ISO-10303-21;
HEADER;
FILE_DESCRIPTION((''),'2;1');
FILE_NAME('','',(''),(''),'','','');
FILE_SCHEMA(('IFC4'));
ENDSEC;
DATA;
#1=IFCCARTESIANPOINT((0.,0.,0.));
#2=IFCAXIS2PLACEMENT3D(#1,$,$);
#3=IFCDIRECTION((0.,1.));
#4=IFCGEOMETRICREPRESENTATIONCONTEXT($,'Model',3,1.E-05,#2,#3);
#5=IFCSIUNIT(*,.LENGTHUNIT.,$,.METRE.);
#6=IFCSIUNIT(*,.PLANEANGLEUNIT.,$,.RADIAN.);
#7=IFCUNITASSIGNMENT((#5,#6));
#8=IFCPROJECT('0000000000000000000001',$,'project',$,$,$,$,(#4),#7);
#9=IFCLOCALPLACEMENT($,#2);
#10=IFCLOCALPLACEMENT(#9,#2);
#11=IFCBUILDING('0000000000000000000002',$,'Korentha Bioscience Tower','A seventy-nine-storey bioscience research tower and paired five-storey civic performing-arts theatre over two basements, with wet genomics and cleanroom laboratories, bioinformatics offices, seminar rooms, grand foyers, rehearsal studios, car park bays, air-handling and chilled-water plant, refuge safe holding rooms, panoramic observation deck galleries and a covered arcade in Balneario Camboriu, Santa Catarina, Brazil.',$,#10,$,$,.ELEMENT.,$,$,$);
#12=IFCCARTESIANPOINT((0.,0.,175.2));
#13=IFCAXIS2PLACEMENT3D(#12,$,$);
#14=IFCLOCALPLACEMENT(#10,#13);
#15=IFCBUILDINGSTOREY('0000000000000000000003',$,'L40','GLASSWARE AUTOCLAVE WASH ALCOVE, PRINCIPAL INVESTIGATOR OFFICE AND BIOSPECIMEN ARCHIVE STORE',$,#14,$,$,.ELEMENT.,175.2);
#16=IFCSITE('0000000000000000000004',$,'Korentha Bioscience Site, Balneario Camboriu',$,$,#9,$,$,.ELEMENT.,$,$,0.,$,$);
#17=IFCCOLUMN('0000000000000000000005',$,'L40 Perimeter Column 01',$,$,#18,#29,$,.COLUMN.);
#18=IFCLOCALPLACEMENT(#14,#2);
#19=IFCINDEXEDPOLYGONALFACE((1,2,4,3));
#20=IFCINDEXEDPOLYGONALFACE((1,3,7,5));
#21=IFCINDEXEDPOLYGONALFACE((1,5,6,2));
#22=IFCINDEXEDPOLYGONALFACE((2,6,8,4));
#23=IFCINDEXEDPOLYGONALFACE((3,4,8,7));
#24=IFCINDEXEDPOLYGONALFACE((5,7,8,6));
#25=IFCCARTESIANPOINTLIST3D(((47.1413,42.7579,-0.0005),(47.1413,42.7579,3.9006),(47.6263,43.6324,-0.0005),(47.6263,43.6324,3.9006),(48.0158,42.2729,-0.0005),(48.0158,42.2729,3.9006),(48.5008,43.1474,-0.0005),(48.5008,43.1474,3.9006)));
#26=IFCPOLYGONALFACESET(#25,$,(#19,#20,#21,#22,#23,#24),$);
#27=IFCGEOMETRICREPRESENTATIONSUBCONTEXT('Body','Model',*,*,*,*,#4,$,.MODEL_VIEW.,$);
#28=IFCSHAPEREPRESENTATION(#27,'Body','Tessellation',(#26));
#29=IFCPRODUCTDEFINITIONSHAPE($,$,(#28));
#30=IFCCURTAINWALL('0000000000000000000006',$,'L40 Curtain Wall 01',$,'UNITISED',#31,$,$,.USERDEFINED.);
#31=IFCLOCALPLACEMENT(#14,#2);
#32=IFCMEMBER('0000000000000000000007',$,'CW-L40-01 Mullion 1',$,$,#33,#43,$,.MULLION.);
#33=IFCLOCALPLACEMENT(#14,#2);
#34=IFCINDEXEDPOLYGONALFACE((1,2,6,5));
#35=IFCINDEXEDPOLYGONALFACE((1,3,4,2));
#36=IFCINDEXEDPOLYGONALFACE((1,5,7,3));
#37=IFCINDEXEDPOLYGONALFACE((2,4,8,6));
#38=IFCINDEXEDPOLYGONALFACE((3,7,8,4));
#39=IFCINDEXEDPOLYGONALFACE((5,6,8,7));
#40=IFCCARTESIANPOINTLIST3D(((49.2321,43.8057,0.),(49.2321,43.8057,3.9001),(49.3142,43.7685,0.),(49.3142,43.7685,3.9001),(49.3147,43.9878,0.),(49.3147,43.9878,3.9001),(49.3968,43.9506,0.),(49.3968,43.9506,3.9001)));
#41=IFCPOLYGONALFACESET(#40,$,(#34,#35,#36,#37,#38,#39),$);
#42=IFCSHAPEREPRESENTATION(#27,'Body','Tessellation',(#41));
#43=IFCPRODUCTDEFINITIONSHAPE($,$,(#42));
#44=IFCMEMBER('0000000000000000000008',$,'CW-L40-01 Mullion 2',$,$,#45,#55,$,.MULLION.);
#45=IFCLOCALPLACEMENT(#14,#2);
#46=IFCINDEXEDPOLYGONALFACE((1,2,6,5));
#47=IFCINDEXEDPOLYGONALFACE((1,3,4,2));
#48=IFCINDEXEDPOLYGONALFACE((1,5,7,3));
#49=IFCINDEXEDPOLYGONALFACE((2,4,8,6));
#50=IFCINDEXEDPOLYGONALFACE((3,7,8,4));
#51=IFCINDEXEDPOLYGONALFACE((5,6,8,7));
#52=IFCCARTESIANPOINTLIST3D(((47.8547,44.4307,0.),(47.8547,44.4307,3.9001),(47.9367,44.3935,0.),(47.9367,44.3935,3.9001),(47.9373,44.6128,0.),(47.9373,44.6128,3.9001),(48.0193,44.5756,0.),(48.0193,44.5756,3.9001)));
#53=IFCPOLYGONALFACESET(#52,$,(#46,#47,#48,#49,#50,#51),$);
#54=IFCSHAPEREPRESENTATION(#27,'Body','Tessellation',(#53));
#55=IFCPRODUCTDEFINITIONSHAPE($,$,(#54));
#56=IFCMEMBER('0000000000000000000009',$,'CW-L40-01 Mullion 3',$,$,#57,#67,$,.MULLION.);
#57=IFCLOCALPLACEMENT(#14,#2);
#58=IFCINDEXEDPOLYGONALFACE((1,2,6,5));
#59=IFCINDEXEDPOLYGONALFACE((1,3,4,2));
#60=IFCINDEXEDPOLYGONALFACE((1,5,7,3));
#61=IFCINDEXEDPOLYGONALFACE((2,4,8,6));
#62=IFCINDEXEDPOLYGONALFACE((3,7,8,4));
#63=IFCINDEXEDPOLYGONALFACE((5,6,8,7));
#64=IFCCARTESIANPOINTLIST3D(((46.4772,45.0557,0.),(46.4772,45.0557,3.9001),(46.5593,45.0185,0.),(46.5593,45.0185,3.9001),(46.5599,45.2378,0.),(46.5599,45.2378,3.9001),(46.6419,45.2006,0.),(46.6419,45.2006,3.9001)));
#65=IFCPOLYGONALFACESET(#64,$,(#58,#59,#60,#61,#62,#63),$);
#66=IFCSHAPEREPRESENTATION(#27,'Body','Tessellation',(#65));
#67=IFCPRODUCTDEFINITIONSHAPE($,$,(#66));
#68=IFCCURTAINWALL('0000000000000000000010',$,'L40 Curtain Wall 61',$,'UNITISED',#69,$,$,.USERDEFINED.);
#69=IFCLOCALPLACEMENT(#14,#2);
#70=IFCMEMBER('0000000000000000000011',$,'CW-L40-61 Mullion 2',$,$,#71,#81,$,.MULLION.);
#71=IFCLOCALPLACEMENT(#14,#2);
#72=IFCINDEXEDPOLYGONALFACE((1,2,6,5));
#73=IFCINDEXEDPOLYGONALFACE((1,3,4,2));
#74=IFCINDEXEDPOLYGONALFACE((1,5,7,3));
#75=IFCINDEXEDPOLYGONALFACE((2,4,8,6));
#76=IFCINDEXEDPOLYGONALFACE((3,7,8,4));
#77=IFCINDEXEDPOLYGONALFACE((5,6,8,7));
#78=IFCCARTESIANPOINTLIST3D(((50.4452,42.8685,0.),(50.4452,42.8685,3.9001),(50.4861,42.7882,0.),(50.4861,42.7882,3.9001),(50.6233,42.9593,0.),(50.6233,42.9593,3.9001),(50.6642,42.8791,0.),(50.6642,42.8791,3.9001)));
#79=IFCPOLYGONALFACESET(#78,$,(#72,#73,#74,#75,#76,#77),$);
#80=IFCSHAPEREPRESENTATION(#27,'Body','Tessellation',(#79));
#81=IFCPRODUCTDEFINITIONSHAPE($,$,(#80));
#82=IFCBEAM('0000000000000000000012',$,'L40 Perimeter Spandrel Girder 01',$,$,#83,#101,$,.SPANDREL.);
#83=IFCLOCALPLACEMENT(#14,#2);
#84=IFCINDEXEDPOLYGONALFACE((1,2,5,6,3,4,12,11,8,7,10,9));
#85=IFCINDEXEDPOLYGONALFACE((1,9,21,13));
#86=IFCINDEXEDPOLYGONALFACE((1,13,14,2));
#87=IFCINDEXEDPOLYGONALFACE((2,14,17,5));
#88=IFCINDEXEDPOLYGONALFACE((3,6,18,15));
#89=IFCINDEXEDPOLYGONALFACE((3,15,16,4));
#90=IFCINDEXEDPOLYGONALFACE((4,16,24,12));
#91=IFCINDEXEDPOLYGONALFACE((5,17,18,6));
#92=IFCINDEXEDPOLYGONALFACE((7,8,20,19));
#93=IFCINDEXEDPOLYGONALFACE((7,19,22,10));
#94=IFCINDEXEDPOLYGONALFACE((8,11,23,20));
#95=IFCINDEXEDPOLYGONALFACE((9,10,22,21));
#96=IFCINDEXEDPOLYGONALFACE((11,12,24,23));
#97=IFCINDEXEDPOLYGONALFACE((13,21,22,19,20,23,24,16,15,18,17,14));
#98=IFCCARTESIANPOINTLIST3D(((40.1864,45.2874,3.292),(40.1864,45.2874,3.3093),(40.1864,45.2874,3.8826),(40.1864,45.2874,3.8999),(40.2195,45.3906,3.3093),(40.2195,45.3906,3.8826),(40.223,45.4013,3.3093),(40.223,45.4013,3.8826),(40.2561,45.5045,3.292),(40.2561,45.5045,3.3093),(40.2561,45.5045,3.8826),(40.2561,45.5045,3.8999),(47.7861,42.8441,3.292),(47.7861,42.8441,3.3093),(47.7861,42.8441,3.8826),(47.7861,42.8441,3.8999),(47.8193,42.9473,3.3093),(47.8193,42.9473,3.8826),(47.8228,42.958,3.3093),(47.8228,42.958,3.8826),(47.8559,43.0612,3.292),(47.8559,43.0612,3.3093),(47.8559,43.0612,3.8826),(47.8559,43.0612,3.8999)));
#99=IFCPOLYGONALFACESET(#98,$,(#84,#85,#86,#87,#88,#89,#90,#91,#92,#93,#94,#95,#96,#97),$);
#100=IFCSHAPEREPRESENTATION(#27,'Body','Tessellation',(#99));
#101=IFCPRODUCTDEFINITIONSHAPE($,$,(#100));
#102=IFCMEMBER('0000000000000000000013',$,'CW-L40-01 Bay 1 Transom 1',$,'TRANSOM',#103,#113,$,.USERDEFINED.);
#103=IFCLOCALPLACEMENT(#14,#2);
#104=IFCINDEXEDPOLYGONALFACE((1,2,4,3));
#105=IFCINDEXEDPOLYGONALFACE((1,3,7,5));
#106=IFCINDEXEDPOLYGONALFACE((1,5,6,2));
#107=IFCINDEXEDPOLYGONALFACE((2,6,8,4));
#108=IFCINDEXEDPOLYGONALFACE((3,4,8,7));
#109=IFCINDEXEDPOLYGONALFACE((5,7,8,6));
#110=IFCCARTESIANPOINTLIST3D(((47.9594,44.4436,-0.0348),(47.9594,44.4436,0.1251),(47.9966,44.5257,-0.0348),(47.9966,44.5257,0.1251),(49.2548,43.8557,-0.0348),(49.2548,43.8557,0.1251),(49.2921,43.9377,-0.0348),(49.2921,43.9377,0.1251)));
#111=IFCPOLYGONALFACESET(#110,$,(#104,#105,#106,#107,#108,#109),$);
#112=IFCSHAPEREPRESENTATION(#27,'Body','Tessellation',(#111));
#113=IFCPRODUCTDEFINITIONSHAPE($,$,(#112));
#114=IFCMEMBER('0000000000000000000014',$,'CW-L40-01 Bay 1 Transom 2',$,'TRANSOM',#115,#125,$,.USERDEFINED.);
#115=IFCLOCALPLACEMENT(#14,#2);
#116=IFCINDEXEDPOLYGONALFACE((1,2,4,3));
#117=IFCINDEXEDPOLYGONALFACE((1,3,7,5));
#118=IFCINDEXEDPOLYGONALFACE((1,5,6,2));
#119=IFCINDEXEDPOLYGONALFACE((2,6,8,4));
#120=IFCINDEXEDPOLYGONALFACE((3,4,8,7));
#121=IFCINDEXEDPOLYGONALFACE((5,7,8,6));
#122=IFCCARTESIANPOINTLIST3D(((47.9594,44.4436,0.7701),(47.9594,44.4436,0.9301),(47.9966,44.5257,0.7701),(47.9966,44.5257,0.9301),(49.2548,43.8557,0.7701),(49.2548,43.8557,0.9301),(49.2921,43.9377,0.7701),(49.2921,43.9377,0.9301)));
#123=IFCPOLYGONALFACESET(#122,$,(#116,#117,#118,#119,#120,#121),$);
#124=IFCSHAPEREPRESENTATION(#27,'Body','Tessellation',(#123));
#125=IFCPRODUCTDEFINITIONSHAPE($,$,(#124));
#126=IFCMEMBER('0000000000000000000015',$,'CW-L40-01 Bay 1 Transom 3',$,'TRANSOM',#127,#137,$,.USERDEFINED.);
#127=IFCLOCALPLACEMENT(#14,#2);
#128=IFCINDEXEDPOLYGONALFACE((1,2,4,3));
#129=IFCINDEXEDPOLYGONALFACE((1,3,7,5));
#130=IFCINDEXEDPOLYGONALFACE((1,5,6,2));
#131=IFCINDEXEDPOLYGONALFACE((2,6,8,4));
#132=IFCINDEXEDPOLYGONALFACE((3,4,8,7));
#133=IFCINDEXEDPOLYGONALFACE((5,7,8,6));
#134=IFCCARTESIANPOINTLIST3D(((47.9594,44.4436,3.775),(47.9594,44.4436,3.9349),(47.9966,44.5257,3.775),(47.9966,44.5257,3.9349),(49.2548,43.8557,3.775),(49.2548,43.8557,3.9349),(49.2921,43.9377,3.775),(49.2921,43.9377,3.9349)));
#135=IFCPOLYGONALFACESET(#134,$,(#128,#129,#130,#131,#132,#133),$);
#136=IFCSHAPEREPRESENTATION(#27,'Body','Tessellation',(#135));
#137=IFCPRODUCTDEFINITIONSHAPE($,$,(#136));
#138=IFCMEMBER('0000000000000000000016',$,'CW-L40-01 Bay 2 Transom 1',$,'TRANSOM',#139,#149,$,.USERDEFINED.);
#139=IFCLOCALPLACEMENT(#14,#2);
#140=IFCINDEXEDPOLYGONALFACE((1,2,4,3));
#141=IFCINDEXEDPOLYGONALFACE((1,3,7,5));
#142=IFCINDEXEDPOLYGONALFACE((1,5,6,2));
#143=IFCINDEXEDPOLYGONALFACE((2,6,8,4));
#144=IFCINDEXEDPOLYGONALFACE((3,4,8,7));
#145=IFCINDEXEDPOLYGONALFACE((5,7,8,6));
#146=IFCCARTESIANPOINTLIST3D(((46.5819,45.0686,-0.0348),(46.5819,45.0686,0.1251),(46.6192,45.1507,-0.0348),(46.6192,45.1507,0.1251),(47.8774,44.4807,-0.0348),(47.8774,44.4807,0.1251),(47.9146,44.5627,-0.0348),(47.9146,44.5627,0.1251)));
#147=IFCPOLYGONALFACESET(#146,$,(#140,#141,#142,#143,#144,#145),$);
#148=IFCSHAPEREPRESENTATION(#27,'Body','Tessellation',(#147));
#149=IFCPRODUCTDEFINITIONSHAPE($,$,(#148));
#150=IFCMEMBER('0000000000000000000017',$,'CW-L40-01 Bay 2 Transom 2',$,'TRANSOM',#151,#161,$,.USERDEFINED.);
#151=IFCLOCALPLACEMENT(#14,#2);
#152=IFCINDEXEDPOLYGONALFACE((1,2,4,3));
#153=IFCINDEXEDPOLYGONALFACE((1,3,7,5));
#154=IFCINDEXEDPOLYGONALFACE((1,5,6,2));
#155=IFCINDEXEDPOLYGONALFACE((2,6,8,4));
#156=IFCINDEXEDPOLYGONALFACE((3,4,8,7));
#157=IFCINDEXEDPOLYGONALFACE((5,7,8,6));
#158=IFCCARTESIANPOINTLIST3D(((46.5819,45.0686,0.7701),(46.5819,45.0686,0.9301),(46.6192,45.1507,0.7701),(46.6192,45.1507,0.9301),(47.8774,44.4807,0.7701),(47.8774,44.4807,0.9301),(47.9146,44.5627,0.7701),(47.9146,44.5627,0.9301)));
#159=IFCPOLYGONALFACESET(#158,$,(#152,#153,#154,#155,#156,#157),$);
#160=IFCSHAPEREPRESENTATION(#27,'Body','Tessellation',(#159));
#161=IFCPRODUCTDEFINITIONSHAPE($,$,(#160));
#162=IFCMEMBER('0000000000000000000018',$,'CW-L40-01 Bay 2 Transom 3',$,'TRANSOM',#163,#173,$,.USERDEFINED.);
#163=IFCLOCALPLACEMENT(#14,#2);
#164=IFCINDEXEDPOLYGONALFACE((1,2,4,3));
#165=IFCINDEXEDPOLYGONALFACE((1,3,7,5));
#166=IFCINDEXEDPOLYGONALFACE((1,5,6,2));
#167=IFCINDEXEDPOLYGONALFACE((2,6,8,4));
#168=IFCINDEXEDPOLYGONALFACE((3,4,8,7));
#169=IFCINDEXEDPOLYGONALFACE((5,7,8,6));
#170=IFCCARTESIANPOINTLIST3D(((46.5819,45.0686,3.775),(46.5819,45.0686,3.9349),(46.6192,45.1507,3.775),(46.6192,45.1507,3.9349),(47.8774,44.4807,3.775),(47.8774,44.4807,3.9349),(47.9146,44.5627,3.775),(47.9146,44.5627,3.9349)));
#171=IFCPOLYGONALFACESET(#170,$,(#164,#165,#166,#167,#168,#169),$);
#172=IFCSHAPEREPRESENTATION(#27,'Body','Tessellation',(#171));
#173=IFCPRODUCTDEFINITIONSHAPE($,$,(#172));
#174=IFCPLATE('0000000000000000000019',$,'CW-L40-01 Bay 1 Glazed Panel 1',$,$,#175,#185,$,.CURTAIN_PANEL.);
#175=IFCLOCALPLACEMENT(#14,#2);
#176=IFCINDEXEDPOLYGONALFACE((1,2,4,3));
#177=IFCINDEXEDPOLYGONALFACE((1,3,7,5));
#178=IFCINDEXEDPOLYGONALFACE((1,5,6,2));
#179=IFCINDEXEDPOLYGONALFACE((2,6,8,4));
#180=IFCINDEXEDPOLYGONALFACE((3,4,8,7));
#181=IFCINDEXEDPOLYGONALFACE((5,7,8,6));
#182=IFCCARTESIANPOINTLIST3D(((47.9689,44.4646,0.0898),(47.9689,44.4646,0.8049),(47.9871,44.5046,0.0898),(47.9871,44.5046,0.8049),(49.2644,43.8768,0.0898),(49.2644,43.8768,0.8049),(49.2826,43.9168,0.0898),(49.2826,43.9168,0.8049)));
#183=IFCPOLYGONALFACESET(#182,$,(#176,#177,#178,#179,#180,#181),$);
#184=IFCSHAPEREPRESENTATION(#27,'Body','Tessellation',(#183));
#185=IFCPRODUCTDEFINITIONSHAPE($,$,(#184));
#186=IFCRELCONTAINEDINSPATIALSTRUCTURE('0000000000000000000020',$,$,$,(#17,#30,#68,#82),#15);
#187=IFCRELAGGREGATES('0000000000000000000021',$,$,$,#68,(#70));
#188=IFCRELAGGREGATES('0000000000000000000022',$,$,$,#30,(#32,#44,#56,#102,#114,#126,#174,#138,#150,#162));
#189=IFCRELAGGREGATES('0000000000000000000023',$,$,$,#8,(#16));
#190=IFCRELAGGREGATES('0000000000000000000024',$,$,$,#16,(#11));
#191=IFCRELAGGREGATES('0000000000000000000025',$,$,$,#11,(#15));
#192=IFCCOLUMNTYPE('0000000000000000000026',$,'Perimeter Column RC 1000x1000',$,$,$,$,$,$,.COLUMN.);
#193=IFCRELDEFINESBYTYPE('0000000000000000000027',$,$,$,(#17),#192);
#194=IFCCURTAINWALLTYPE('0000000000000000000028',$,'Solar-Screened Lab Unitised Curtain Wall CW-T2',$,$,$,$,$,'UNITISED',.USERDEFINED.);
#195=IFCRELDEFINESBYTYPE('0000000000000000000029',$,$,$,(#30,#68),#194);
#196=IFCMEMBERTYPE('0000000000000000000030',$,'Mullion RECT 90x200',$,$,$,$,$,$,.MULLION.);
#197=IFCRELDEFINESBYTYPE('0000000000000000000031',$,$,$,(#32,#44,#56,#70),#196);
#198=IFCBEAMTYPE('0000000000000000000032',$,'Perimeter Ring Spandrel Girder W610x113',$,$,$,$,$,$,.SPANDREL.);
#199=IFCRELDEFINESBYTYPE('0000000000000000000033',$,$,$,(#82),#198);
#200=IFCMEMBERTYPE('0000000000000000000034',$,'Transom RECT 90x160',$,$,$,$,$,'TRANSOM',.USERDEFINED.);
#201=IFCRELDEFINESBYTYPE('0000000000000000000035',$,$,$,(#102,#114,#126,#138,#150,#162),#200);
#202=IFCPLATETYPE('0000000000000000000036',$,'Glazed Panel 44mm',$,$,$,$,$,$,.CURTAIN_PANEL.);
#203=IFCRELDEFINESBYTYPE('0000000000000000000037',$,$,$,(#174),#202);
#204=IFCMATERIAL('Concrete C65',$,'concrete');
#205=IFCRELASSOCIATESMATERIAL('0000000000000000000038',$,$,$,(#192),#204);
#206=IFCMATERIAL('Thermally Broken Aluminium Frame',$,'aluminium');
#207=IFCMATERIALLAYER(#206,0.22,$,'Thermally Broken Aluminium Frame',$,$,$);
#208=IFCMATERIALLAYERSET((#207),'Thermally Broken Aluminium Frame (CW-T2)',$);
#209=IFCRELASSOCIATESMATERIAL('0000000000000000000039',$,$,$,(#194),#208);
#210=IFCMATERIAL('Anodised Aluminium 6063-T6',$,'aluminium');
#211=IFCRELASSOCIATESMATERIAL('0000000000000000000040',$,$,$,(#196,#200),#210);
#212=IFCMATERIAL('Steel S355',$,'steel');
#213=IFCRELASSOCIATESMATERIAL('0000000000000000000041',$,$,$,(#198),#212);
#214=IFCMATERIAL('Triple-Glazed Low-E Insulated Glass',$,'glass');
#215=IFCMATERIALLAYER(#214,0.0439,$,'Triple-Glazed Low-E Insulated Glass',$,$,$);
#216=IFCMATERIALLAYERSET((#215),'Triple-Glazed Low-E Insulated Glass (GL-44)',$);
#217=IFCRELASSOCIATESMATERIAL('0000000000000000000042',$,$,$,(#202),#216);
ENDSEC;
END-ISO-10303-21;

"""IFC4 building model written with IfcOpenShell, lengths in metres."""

from ifc_helpers import new_model, si_unit, direction, frame, origin, origin_2d, place, context, subcontext, project, spatial, rectangle, i_section, extrude, material, layer, layer_set, material_profile, profile_set, type_object, element, aggregate, save


model = new_model("IFC4")

# Units and contexts
model_context = context("Model", 3, precision=1e-05, world=origin(), true_north=direction((0.0, 1.0)))
body_context = subcontext(model_context, "Body", "Model", "MODEL_VIEW")
ifc_project = project(units=[si_unit("LENGTHUNIT", "METRE"), si_unit("PLANEANGLEUNIT", "RADIAN")], contexts=[model_context])

# Site, building, storey
site_placement = place(None, origin())
site = spatial("IfcSite", under=ifc_project, at=site_placement, Name="Korentha Bioscience Site, Balneario Camboriu", CompositionType="ELEMENT", RefElevation=0.0)
building_placement = place(site_placement, origin())
building = spatial("IfcBuilding", under=site, at=building_placement, Name="Korentha Bioscience Tower", Description="A seventy-nine-storey bioscience research tower and paired five-storey civic performing-arts theatre over two basements, with wet genomics and cleanroom laboratories, bioinformatics offices, seminar rooms, grand foyers, rehearsal studios, car park bays, air-handling and chilled-water plant, refuge safe holding rooms, panoramic observation deck galleries and a covered arcade in Balneario Camboriu, Santa Catarina, Brazil.", CompositionType="ELEMENT")
storey_placement = place(building_placement, frame((0.0, 0.0, 175.2)))
storey = spatial("IfcBuildingStorey", under=building, at=storey_placement, Name="L40", Description="GLASSWARE AUTOCLAVE WASH ALCOVE, PRINCIPAL INVESTIGATOR OFFICE AND BIOSPECIMEN ARCHIVE STORE", CompositionType="ELEMENT", Elevation=175.2)

# Column
ifc_material_1 = material(Name="Concrete C65", Category="concrete")
ifc_material_profile_1 = material_profile(ifc_material_1, rectangle(XDim=1.0, YDim=1.0, at=origin_2d()), Name="Concrete C65")
ifc_profile_set_1 = profile_set([ifc_material_profile_1], Name="Concrete C65 (COL-P10)")
column_type = type_object("IfcColumnType", Name="Perimeter Column RC 1000x1000", PredefinedType="COLUMN", material=ifc_profile_set_1)
column_placement = place(storey_placement, frame((47.821, 42.9526, -0.0005), z_axis=(0.0, 0.0, 1.0), x_axis=(-0.874535, 0.484962, 0.0)))
element("IfcColumn", 1, at=column_placement, inside=storey, type_object=column_type, Name="L40 Perimeter Column 01", PredefinedType="COLUMN", context=body_context, shape_type="SweptSolid", body=[
    extrude(rectangle(XDim=1.0, YDim=1.0, at=origin_2d()), origin(), (0.0, 0.0, 1.0), 3.9011),
])

# Curtain wall, members
ifc_material_2 = material(Name="Thermally Broken Aluminium Frame", Category="aluminium")
ifc_layer_1 = layer(ifc_material_2, 0.22, Name="Thermally Broken Aluminium Frame")
ifc_layer_set_1 = layer_set([ifc_layer_1], Name="Thermally Broken Aluminium Frame (CW-T2)")
curtain_wall_type = type_object("IfcCurtainWallType", Name="Solar-Screened Lab Unitised Curtain Wall CW-T2", ElementType="UNITISED", PredefinedType="USERDEFINED", material=ifc_layer_set_1)
curtain_wall_1_placement = place(storey_placement, origin())
curtain_wall_1 = element("IfcCurtainWall", 2, at=curtain_wall_1_placement, inside=storey, type_object=curtain_wall_type, Name="L40 Curtain Wall 01", ObjectType="UNITISED", PredefinedType="USERDEFINED")
ifc_material_3 = material(Name="Anodised Aluminium 6063-T6", Category="aluminium")
ifc_material_profile_2 = material_profile(ifc_material_3, rectangle(XDim=0.0901, YDim=0.2, at=origin_2d()), Name="Anodised Aluminium 6063-T6")
ifc_profile_set_2 = profile_set([ifc_material_profile_2], Name="Anodised Aluminium 6063-T6 (CW-MUL)")
member_type_1 = type_object("IfcMemberType", Name="Mullion RECT 90x200", PredefinedType="MULLION", material=ifc_profile_set_2)
member_1_placement = place(storey_placement, frame((49.3145, 43.8782, 0.0), z_axis=(0.0, 0.0, 1.0), x_axis=(-0.910644, 0.413191, 0.0)))
member_1 = element("IfcMember", 3, at=member_1_placement, type_object=member_type_1, Name="CW-L40-01 Mullion 1", PredefinedType="MULLION", context=body_context, shape_type="SweptSolid", body=[
    extrude(rectangle(XDim=0.0901, YDim=0.2, at=origin_2d()), origin(), (0.0, 0.0, 1.0), 3.9001),
])
member_2_placement = place(storey_placement, frame((47.937, 44.5032, 0.0), z_axis=(0.0, 0.0, 1.0), x_axis=(-0.910644, 0.413191, 0.0)))
member_2 = element("IfcMember", 4, at=member_2_placement, type_object=member_type_1, Name="CW-L40-01 Mullion 2", PredefinedType="MULLION", context=body_context, shape_type="SweptSolid", body=[
    extrude(rectangle(XDim=0.0901, YDim=0.2, at=origin_2d()), origin(), (0.0, 0.0, 1.0), 3.9001),
])
member_3_placement = place(storey_placement, frame((46.5596, 45.1282, 0.0), z_axis=(0.0, 0.0, 1.0), x_axis=(-0.910644, 0.413191, 0.0)))
member_3 = element("IfcMember", 5, at=member_3_placement, type_object=member_type_1, Name="CW-L40-01 Mullion 3", PredefinedType="MULLION", context=body_context, shape_type="SweptSolid", body=[
    extrude(rectangle(XDim=0.0901, YDim=0.2, at=origin_2d()), origin(), (0.0, 0.0, 1.0), 3.9001),
])

# Curtain wall, member
curtain_wall_2_placement = place(storey_placement, origin())
curtain_wall_2 = element("IfcCurtainWall", 6, at=curtain_wall_2_placement, inside=storey, type_object=curtain_wall_type, Name="L40 Curtain Wall 61", ObjectType="UNITISED", PredefinedType="USERDEFINED")
member_4_placement = place(storey_placement, frame((50.5547, 42.8738, 0.0), z_axis=(0.0, 0.0, 1.0), x_axis=(-0.454288, 0.890855, 0.0)))
member_4 = element("IfcMember", 7, at=member_4_placement, type_object=member_type_1, Name="CW-L40-61 Mullion 2", PredefinedType="MULLION", context=body_context, shape_type="SweptSolid", body=[
    extrude(rectangle(XDim=0.0901, YDim=0.2, at=origin_2d()), origin(), (0.0, 0.0, 1.0), 3.9001),
])
aggregate(curtain_wall_2, [member_4])

# Beam
ifc_material_4 = material(Name="Steel S355", Category="steel")
ifc_material_profile_3 = material_profile(ifc_material_4, i_section(OverallWidth=0.228, OverallDepth=0.6079, WebThickness=0.0112, FlangeThickness=0.0173, at=origin_2d()), Name="Steel S355")
ifc_profile_set_3 = profile_set([ifc_material_profile_3], Name="Steel S355 (SB-610)")
beam_type = type_object("IfcBeamType", Name="Perimeter Ring Spandrel Girder W610x113", PredefinedType="SPANDREL", material=ifc_profile_set_3)
beam_placement = place(storey_placement, frame((47.821, 42.9526, 3.5959), z_axis=(-0.952009, 0.306072, 0.0), x_axis=(-0.306072, -0.952009, 0.0)))
element("IfcBeam", 8, at=beam_placement, inside=storey, type_object=beam_type, Name="L40 Perimeter Spandrel Girder 01", PredefinedType="SPANDREL", context=body_context, shape_type="SweptSolid", body=[
    extrude(i_section(OverallWidth=0.228, OverallDepth=0.6079, WebThickness=0.0112, FlangeThickness=0.0173, at=origin_2d()), origin(), (0.0, 0.0, 1.0), 7.9829),
])

# Members
ifc_material_profile_4 = material_profile(ifc_material_3, rectangle(XDim=0.0901, YDim=0.1599, at=origin_2d()), Name="Anodised Aluminium 6063-T6")
ifc_profile_set_4 = profile_set([ifc_material_profile_4], Name="Anodised Aluminium 6063-T6 (CW-TRN)")
member_type_2 = type_object("IfcMemberType", Name="Transom RECT 90x160", ElementType="TRANSOM", PredefinedType="USERDEFINED", material=ifc_profile_set_4)
member_5_placement = place(storey_placement, frame((49.2734, 43.8967, 0.0452), z_axis=(-0.910613, 0.41326, 0.0), x_axis=(-0.41326, -0.910613, 0.0)))
member_5 = element("IfcMember", 9, at=member_5_placement, type_object=member_type_2, Name="CW-L40-01 Bay 1 Transom 1", ObjectType="TRANSOM", PredefinedType="USERDEFINED", context=body_context, shape_type="SweptSolid", body=[
    extrude(rectangle(XDim=0.0901, YDim=0.1599, at=origin_2d()), origin(), (0.0, 0.0, 1.0), 1.4226),
])
member_6_placement = place(storey_placement, frame((49.2734, 43.8967, 0.8501), z_axis=(-0.910613, 0.41326, 0.0), x_axis=(-0.41326, -0.910613, 0.0)))
member_6 = element("IfcMember", 10, at=member_6_placement, type_object=member_type_2, Name="CW-L40-01 Bay 1 Transom 2", ObjectType="TRANSOM", PredefinedType="USERDEFINED", context=body_context, shape_type="SweptSolid", body=[
    extrude(rectangle(XDim=0.0901, YDim=0.1599, at=origin_2d()), origin(), (0.0, 0.0, 1.0), 1.4226),
])
member_7_placement = place(storey_placement, frame((49.2734, 43.8967, 3.855), z_axis=(-0.910613, 0.41326, 0.0), x_axis=(-0.41326, -0.910613, 0.0)))
member_7 = element("IfcMember", 11, at=member_7_placement, type_object=member_type_2, Name="CW-L40-01 Bay 1 Transom 3", ObjectType="TRANSOM", PredefinedType="USERDEFINED", context=body_context, shape_type="SweptSolid", body=[
    extrude(rectangle(XDim=0.0901, YDim=0.1599, at=origin_2d()), origin(), (0.0, 0.0, 1.0), 1.4226),
])
member_8_placement = place(storey_placement, frame((47.896, 44.5217, 0.0452), z_axis=(-0.910613, 0.41326, 0.0), x_axis=(-0.41326, -0.910613, 0.0)))
member_8 = element("IfcMember", 12, at=member_8_placement, type_object=member_type_2, Name="CW-L40-01 Bay 2 Transom 1", ObjectType="TRANSOM", PredefinedType="USERDEFINED", context=body_context, shape_type="SweptSolid", body=[
    extrude(rectangle(XDim=0.0901, YDim=0.1599, at=origin_2d()), origin(), (0.0, 0.0, 1.0), 1.4226),
])
member_9_placement = place(storey_placement, frame((47.896, 44.5217, 0.8501), z_axis=(-0.910613, 0.41326, 0.0), x_axis=(-0.41326, -0.910613, 0.0)))
member_9 = element("IfcMember", 13, at=member_9_placement, type_object=member_type_2, Name="CW-L40-01 Bay 2 Transom 2", ObjectType="TRANSOM", PredefinedType="USERDEFINED", context=body_context, shape_type="SweptSolid", body=[
    extrude(rectangle(XDim=0.0901, YDim=0.1599, at=origin_2d()), origin(), (0.0, 0.0, 1.0), 1.4226),
])
member_10_placement = place(storey_placement, frame((47.896, 44.5217, 3.855), z_axis=(-0.910613, 0.41326, 0.0), x_axis=(-0.41326, -0.910613, 0.0)))
member_10 = element("IfcMember", 14, at=member_10_placement, type_object=member_type_2, Name="CW-L40-01 Bay 2 Transom 3", ObjectType="TRANSOM", PredefinedType="USERDEFINED", context=body_context, shape_type="SweptSolid", body=[
    extrude(rectangle(XDim=0.0901, YDim=0.1599, at=origin_2d()), origin(), (0.0, 0.0, 1.0), 1.4226),
])

# Plate
ifc_material_5 = material(Name="Triple-Glazed Low-E Insulated Glass", Category="glass")
ifc_layer_2 = layer(ifc_material_5, 0.0439, Name="Triple-Glazed Low-E Insulated Glass")
ifc_layer_set_2 = layer_set([ifc_layer_2], Name="Triple-Glazed Low-E Insulated Glass (GL-44)")
plate_type = type_object("IfcPlateType", Name="Glazed Panel 44mm", PredefinedType="CURTAIN_PANEL", material=ifc_layer_set_2)
plate_1_placement = place(storey_placement, frame((48.6257, 44.1907, 0.0898), z_axis=(0.0, 0.0, 1.0), x_axis=(-0.910644, 0.413191, 0.0)))
plate_1 = element("IfcPlate", 15, at=plate_1_placement, type_object=plate_type, Name="CW-L40-01 Bay 1 Glazed Panel 1", PredefinedType="CURTAIN_PANEL", context=body_context, shape_type="SweptSolid", body=[
    extrude(rectangle(XDim=1.4226, YDim=0.0439, at=origin_2d()), origin(), (0.0, 0.0, 1.0), 0.7151),
])
aggregate(curtain_wall_1, [member_1, member_2, member_3, member_5, member_6, member_7, plate_1, member_8, member_9, member_10])

save(model, "model.ifc")
